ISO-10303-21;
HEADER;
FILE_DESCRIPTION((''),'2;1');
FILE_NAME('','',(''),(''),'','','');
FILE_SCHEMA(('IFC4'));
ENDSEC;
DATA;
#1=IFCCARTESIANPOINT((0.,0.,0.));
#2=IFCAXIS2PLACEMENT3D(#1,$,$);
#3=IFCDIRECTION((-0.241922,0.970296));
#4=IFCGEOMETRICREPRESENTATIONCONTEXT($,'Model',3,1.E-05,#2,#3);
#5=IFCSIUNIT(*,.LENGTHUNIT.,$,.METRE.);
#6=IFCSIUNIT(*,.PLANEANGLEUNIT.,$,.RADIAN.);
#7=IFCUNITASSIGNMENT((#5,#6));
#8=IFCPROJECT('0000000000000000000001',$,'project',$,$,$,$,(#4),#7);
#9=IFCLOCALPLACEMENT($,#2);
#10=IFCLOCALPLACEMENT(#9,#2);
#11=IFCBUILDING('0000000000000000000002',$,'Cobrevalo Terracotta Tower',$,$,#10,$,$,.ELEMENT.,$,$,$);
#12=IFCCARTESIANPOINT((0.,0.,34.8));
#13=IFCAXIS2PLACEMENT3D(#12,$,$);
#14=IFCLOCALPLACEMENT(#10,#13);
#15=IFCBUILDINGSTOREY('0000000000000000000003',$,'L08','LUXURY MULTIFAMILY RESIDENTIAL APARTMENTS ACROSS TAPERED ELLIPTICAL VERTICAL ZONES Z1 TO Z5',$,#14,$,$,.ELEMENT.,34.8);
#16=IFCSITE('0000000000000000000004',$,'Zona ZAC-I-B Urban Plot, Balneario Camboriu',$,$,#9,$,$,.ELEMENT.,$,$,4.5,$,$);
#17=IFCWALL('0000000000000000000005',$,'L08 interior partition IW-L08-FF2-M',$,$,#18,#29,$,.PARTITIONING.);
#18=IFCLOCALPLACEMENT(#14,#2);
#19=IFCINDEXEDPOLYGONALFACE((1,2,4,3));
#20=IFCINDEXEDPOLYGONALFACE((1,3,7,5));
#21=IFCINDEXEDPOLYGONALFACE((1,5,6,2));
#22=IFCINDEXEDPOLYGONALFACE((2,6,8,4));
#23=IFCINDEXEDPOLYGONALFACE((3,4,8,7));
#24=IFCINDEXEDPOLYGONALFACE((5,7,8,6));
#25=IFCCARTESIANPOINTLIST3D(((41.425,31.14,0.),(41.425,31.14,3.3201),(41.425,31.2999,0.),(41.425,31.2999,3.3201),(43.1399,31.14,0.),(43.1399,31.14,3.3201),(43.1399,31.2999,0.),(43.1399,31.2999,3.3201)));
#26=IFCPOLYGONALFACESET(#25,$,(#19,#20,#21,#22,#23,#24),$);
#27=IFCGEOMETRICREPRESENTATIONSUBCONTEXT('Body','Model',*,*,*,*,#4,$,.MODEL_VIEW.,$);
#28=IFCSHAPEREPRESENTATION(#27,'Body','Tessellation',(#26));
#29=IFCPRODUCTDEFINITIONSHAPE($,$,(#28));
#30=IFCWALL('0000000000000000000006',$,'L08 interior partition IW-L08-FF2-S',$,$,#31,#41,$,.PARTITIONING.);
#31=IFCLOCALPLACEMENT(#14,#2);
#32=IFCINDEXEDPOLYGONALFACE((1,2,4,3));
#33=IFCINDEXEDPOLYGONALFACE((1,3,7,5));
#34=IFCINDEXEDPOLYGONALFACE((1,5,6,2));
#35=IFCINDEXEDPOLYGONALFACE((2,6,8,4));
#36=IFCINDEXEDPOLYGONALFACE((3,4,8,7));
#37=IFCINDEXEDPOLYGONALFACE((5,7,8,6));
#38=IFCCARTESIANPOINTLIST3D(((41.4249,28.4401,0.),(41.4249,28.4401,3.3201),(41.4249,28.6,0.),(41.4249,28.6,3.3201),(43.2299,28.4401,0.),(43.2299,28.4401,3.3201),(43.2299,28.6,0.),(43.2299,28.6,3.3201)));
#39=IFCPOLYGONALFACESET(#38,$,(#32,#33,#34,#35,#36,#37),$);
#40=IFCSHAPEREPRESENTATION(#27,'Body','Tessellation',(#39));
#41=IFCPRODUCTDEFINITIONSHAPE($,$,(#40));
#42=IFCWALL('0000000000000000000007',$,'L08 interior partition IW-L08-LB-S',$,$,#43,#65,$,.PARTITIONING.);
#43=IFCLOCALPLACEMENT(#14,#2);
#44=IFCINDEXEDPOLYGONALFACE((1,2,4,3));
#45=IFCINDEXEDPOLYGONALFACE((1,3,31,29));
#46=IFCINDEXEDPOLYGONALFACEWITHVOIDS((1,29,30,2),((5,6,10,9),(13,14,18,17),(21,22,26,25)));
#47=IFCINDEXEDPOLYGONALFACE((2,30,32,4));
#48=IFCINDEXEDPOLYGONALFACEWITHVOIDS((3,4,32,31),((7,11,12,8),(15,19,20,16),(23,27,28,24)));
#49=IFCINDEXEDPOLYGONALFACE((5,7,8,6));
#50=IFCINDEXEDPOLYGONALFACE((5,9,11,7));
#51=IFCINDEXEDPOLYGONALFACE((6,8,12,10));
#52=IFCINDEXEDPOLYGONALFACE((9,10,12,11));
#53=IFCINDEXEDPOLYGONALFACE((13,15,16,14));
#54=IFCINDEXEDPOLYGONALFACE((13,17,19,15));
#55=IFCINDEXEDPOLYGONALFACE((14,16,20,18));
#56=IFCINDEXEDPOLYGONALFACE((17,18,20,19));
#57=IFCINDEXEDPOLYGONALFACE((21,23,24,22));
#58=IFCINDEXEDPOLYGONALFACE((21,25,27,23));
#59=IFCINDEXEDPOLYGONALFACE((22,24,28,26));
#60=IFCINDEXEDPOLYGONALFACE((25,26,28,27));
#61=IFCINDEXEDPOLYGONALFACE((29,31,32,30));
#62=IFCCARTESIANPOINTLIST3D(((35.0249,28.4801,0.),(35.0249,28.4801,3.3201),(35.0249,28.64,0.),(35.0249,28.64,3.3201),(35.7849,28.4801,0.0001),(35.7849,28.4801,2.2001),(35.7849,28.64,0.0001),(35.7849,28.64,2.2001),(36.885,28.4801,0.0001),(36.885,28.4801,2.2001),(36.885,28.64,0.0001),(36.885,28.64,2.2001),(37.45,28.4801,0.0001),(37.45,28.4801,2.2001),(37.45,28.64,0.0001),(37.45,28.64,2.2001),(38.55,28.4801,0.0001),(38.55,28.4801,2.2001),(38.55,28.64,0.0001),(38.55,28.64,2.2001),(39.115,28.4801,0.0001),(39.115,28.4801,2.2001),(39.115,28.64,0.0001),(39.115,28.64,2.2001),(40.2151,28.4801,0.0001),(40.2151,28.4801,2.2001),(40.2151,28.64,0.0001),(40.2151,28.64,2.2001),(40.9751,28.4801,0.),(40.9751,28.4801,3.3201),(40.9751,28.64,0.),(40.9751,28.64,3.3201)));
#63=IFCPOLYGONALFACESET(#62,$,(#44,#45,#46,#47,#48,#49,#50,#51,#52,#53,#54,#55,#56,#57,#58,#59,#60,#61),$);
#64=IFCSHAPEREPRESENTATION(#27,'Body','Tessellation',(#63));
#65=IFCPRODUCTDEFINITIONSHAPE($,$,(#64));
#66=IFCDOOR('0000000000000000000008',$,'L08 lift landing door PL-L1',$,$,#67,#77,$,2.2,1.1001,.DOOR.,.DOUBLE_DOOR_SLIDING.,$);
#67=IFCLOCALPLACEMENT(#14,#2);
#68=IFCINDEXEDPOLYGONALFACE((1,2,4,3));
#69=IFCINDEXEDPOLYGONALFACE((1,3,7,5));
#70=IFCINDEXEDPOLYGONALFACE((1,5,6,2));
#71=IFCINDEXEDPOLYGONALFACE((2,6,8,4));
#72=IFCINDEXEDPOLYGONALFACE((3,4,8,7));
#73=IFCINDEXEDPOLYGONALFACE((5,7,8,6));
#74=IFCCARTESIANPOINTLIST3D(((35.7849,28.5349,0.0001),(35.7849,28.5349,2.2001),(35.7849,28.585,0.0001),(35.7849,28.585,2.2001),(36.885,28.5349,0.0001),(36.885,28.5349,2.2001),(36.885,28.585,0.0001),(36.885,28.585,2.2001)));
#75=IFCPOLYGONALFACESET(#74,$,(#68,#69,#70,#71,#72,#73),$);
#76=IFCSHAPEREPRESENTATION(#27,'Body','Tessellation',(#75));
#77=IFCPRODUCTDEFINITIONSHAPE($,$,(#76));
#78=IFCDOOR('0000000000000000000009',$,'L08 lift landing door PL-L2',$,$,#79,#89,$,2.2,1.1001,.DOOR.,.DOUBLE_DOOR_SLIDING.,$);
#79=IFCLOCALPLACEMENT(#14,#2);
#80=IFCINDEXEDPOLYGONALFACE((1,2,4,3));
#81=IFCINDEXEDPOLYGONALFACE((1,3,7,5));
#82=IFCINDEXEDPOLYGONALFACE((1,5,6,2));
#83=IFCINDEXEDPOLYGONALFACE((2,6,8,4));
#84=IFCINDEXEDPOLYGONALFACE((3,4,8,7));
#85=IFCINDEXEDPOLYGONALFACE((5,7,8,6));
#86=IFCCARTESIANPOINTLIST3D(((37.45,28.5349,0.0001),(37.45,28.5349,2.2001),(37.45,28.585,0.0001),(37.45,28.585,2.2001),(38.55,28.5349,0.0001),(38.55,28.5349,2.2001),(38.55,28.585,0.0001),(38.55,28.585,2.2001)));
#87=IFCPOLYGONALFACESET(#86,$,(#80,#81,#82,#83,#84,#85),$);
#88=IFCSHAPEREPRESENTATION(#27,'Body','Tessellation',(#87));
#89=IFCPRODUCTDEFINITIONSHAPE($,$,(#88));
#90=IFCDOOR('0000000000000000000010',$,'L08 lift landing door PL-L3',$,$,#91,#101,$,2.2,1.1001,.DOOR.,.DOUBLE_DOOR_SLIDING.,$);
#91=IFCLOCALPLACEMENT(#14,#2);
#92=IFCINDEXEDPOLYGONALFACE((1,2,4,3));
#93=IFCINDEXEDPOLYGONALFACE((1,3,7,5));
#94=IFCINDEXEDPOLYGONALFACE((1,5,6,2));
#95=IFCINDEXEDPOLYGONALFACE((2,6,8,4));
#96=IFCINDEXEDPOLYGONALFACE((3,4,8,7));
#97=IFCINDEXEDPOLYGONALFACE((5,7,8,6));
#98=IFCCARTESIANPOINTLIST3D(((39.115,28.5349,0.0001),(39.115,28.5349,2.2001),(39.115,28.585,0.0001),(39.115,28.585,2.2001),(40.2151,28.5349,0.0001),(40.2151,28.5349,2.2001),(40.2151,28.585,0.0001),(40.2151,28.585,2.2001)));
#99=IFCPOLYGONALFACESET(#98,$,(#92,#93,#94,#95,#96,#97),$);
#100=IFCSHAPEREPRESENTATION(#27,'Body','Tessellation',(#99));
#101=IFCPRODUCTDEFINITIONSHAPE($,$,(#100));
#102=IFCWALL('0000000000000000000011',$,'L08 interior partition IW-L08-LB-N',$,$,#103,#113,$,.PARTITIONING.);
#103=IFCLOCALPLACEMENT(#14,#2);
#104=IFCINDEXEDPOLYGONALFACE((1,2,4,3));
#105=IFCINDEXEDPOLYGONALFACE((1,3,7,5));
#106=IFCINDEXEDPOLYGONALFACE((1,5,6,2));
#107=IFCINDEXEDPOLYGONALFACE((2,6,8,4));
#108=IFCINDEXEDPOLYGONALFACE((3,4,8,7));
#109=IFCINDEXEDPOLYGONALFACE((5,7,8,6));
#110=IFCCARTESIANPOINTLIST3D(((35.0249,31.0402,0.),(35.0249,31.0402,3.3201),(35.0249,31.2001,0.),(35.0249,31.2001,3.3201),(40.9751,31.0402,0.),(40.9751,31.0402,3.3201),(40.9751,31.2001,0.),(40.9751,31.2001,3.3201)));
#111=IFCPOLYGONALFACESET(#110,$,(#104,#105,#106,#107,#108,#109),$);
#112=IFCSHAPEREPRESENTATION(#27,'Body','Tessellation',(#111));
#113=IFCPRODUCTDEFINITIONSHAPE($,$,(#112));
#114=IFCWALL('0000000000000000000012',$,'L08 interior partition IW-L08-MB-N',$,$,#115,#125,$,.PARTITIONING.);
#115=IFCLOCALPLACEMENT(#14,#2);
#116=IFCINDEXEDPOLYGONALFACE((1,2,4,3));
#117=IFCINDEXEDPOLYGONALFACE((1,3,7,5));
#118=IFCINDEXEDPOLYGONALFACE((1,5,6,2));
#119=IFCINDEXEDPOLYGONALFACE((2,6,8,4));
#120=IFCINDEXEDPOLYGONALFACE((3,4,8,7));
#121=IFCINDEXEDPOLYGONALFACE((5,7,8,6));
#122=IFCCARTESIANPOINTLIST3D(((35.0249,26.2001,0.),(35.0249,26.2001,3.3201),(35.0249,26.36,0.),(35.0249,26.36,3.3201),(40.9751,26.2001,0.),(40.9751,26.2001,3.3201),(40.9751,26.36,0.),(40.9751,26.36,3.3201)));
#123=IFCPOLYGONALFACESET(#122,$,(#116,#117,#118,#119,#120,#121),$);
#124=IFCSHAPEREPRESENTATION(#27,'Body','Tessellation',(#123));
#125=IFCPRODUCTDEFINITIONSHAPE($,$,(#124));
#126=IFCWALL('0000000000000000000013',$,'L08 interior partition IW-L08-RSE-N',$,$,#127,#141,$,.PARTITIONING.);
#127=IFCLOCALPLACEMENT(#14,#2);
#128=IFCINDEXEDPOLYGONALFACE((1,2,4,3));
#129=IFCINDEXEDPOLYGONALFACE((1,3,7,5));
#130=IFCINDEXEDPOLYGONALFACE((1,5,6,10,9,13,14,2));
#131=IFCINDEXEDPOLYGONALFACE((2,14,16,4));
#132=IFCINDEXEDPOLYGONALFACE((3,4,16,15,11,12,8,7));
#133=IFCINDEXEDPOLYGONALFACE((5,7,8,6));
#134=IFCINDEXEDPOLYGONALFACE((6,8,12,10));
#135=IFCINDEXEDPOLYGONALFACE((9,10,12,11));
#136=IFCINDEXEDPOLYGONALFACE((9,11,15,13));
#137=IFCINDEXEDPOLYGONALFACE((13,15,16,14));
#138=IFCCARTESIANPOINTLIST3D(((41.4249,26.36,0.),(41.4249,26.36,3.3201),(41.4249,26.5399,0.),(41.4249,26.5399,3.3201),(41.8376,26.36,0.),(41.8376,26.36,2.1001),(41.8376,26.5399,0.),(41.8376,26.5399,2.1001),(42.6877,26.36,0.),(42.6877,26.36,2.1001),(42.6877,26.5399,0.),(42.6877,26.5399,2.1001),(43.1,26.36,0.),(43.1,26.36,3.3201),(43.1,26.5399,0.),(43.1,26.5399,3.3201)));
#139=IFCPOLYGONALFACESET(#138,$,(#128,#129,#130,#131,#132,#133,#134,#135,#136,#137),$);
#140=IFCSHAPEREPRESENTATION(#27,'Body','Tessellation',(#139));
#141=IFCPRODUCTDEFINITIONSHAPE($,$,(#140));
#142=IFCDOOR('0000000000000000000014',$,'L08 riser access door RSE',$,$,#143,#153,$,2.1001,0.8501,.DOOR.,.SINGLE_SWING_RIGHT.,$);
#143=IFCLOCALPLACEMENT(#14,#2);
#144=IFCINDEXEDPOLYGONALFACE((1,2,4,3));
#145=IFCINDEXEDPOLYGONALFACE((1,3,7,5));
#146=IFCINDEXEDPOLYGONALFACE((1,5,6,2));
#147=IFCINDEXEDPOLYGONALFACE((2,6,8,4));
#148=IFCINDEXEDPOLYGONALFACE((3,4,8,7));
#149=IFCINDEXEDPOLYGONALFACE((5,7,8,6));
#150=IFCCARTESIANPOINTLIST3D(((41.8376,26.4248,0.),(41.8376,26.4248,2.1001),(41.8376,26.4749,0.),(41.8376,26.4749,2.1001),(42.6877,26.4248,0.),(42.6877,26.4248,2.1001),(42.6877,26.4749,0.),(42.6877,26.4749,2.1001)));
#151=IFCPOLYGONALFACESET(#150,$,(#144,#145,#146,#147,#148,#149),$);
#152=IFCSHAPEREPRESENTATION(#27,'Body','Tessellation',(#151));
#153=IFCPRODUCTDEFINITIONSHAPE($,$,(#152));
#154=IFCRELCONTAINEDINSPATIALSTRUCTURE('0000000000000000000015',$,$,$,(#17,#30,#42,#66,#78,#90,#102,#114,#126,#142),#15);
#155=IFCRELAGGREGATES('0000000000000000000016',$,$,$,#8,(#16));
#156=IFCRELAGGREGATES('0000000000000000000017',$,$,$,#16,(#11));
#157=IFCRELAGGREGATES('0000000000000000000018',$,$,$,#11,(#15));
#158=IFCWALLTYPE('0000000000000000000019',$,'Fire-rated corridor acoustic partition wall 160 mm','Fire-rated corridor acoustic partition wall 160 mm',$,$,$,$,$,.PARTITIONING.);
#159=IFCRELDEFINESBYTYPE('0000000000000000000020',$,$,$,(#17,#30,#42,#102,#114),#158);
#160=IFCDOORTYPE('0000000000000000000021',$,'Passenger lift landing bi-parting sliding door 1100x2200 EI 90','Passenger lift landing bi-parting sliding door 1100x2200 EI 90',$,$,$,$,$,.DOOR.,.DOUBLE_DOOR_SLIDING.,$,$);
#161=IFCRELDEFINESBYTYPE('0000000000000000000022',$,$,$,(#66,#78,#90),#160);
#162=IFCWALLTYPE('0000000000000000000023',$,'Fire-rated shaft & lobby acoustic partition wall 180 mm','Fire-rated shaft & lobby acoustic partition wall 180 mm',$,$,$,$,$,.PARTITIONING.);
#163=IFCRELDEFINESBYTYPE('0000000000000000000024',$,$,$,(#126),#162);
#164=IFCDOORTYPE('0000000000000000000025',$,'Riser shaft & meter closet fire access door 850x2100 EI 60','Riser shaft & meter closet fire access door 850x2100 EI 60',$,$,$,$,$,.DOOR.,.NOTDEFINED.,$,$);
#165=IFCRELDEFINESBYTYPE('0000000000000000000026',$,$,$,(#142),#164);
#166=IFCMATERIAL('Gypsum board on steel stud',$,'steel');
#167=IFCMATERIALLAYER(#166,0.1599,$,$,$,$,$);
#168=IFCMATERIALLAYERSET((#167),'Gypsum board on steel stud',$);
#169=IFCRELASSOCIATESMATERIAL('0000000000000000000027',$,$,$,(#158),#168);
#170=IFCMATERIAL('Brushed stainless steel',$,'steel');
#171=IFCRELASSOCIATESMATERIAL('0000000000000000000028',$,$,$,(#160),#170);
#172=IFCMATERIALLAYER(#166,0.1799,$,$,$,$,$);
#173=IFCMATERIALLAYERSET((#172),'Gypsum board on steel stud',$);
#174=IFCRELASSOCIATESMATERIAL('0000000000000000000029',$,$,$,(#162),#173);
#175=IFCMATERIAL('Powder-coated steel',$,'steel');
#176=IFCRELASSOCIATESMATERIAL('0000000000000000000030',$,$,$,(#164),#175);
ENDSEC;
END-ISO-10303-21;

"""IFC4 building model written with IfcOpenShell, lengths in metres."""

from ifc_helpers import new_model, si_unit, direction, frame, frame_2d, origin, place, context, subcontext, project, spatial, rectangle, extrude, source, transform, mapped, material, layer, layer_set, type_object, element, fill, save


model = new_model("IFC4")

# Units and contexts
model_context = context("Model", 3, precision=1e-05, world=origin(), true_north=direction((-0.241922, 0.970296)))
body_context = subcontext(model_context, "Body", "Model", "MODEL_VIEW")
ifc_project = project(units=[si_unit("LENGTHUNIT", "METRE"), si_unit("PLANEANGLEUNIT", "RADIAN")], contexts=[model_context])

# Site, building, storey
site_placement = place(None, origin())
site = spatial("IfcSite", under=ifc_project, at=site_placement, Name="Zona ZAC-I-B Urban Plot, Balneario Camboriu", CompositionType="ELEMENT", RefElevation=4.5)
building_placement = place(site_placement, origin())
building = spatial("IfcBuilding", under=site, at=building_placement, Name="Cobrevalo Terracotta Tower", CompositionType="ELEMENT")
storey_placement = place(building_placement, frame((0.0, 0.0, 34.8)))
storey = spatial("IfcBuildingStorey", under=building, at=storey_placement, Name="L08", Description="LUXURY MULTIFAMILY RESIDENTIAL APARTMENTS ACROSS TAPERED ELLIPTICAL VERTICAL ZONES Z1 TO Z5", CompositionType="ELEMENT", Elevation=34.8)

# Walls
ifc_material_1 = material(Name="Gypsum board on steel stud", Category="steel")
ifc_layer_1 = layer(ifc_material_1, 0.1599)
ifc_layer_set_1 = layer_set([ifc_layer_1], Name="Gypsum board on steel stud")
wall_type_1 = type_object("IfcWallType", Name="Fire-rated corridor acoustic partition wall 160 mm", Description="Fire-rated corridor acoustic partition wall 160 mm", PredefinedType="PARTITIONING", material=ifc_layer_set_1)
wall_1_placement = place(storey_placement, frame((41.425, 31.22, 0.0), z_axis=(0.0, 0.0, 1.0), x_axis=(1.0, 0.0, 0.0)))
element("IfcWall", 1, at=wall_1_placement, inside=storey, type_object=wall_type_1, Name="L08 interior partition IW-L08-FF2-M", PredefinedType="PARTITIONING", context=body_context, shape_type="SweptSolid", body=[
    extrude(rectangle(XDim=1.7148, YDim=0.1599, at=frame_2d((0.8574, 0.0))), origin(), (0.0, 0.0, 1.0), 3.3201),
])
wall_2_placement = place(storey_placement, frame((41.425, 28.52, 0.0), z_axis=(0.0, 0.0, 1.0), x_axis=(1.0, 0.0, 0.0)))
element("IfcWall", 2, at=wall_2_placement, inside=storey, type_object=wall_type_1, Name="L08 interior partition IW-L08-FF2-S", PredefinedType="PARTITIONING", context=body_context, shape_type="SweptSolid", body=[
    extrude(rectangle(XDim=1.8049, YDim=0.1599, at=frame_2d((0.9023, 0.0))), origin(), (0.0, 0.0, 1.0), 3.3201),
])

# Wall, openings, doors
wall_3_placement = place(storey_placement, frame((35.0249, 28.5601, 0.0), z_axis=(0.0, 0.0, 1.0), x_axis=(1.0, 0.0, 0.0)))
wall_3 = element("IfcWall", 3, at=wall_3_placement, inside=storey, type_object=wall_type_1, Name="L08 interior partition IW-L08-LB-S", PredefinedType="PARTITIONING", context=body_context, shape_type="SweptSolid", body=[
    extrude(rectangle(XDim=5.9502, YDim=0.1599, at=frame_2d((2.9751, 0.0))), origin(), (0.0, 0.0, 1.0), 3.3201),
])
opening_1_placement = place(wall_3_placement, frame((0.76, 0.0, 0.0)))
opening_1 = element("IfcOpeningElement", 4, at=opening_1_placement, cuts=wall_3, PredefinedType="OPENING", context=body_context, shape_type="SweptSolid", body=[
    extrude(rectangle(XDim=1.1001, YDim=2.2, at=frame_2d((0.55, 1.1001))), frame((0.0, 0.0898, 0.0), z_axis=(0.0, -1.0, 0.0), x_axis=(1.0, 0.0, 0.0)), (0.0, 0.0, 1.0), 0.1799),
])
opening_2_placement = place(wall_3_placement, frame((2.425, 0.0, 0.0)))
opening_2 = element("IfcOpeningElement", 5, at=opening_2_placement, cuts=wall_3, PredefinedType="OPENING", context=body_context, shape_type="SweptSolid", body=[
    extrude(rectangle(XDim=1.1001, YDim=2.2, at=frame_2d((0.55, 1.1001))), frame((0.0, 0.0898, 0.0), z_axis=(0.0, -1.0, 0.0), x_axis=(1.0, 0.0, 0.0)), (0.0, 0.0, 1.0), 0.1799),
])
opening_3_placement = place(wall_3_placement, frame((4.0901, 0.0, 0.0)))
opening_3 = element("IfcOpeningElement", 6, at=opening_3_placement, cuts=wall_3, PredefinedType="OPENING", context=body_context, shape_type="SweptSolid", body=[
    extrude(rectangle(XDim=1.1001, YDim=2.2, at=frame_2d((0.55, 1.1001))), frame((0.0, 0.0898, 0.0), z_axis=(0.0, -1.0, 0.0), x_axis=(1.0, 0.0, 0.0)), (0.0, 0.0, 1.0), 0.1799),
])
ifc_material_2 = material(Name="Brushed stainless steel", Category="steel")
door_type_1 = type_object("IfcDoorType", Name="Passenger lift landing bi-parting sliding door 1100x2200 EI 90", Description="Passenger lift landing bi-parting sliding door 1100x2200 EI 90", OperationType="DOUBLE_DOOR_SLIDING", PredefinedType="DOOR", material=ifc_material_2)
shared_shape_1 = source(origin(), body_context, "Body", "SweptSolid", [
    extrude(rectangle(XDim=1.1001, YDim=2.2, at=frame_2d((0.55, 1.1001))), frame((0.0, 0.0249, 0.0), z_axis=(0.0, -1.0, 0.0), x_axis=(1.0, 0.0, 0.0)), (0.0, 0.0, 1.0), 0.05),
])
door_1_placement = place(opening_1_placement, origin())
door_1 = element("IfcDoor", 7, at=door_1_placement, inside=storey, type_object=door_type_1, Name="L08 lift landing door PL-L1", OperationType="DOUBLE_DOOR_SLIDING", OverallHeight=2.2, OverallWidth=1.1001, PredefinedType="DOOR", context=body_context, shape_type="MappedRepresentation", body=[
    mapped(shared_shape_1, transform((0.0, 0.0, 0.0), scale=1.0)),
])
fill(opening_1, door_1)
door_2_placement = place(opening_2_placement, origin())
door_2 = element("IfcDoor", 8, at=door_2_placement, inside=storey, type_object=door_type_1, Name="L08 lift landing door PL-L2", OperationType="DOUBLE_DOOR_SLIDING", OverallHeight=2.2, OverallWidth=1.1001, PredefinedType="DOOR", context=body_context, shape_type="MappedRepresentation", body=[
    mapped(shared_shape_1, transform((0.0, 0.0, 0.0), scale=1.0)),
])
fill(opening_2, door_2)
door_3_placement = place(opening_3_placement, origin())
door_3 = element("IfcDoor", 9, at=door_3_placement, inside=storey, type_object=door_type_1, Name="L08 lift landing door PL-L3", OperationType="DOUBLE_DOOR_SLIDING", OverallHeight=2.2, OverallWidth=1.1001, PredefinedType="DOOR", context=body_context, shape_type="MappedRepresentation", body=[
    mapped(shared_shape_1, transform((0.0, 0.0, 0.0), scale=1.0)),
])
fill(opening_3, door_3)

# Walls
for number, where, z_axis, x_axis, name in (
    (10, (35.0249, 31.1201, 0.0), (0.0, 0.0, 1.0), (1.0, 0.0, 0.0), "L08 interior partition IW-L08-LB-N"),
    (11, (35.0249, 26.28, 0.0), (0.0, 0.0, 1.0), (1.0, 0.0, 0.0), "L08 interior partition IW-L08-MB-N"),
):
    element("IfcWall", number, at=place(storey_placement, frame(where, z_axis=z_axis, x_axis=x_axis)), inside=storey, type_object=wall_type_1, Name=name, PredefinedType="PARTITIONING", context=body_context, shape_type="SweptSolid", body=[
        extrude(rectangle(XDim=5.9502, YDim=0.1599, at=frame_2d((2.9751, 0.0))), origin(), (0.0, 0.0, 1.0), 3.3201),
    ])

# Wall, opening, door
ifc_layer_2 = layer(ifc_material_1, 0.1799)
ifc_layer_set_2 = layer_set([ifc_layer_2], Name="Gypsum board on steel stud")
wall_type_2 = type_object("IfcWallType", Name="Fire-rated shaft & lobby acoustic partition wall 180 mm", Description="Fire-rated shaft & lobby acoustic partition wall 180 mm", PredefinedType="PARTITIONING", material=ifc_layer_set_2)
wall_4_placement = place(storey_placement, frame((41.425, 26.45, 0.0), z_axis=(0.0, 0.0, 1.0), x_axis=(1.0, 0.0, 0.0)))
wall_4 = element("IfcWall", 12, at=wall_4_placement, inside=storey, type_object=wall_type_2, Name="L08 interior partition IW-L08-RSE-N", PredefinedType="PARTITIONING", context=body_context, shape_type="SweptSolid", body=[
    extrude(rectangle(XDim=1.675, YDim=0.1799, at=frame_2d((0.8374, 0.0))), origin(), (0.0, 0.0, 1.0), 3.3201),
])
opening_4_placement = place(wall_4_placement, frame((0.4126, 0.0, 0.0)))
opening_4 = element("IfcOpeningElement", 13, at=opening_4_placement, cuts=wall_4, PredefinedType="OPENING", context=body_context, shape_type="SweptSolid", body=[
    extrude(rectangle(XDim=0.8501, YDim=2.1001, at=frame_2d((0.425, 1.05))), frame((0.0, 0.1001, 0.0), z_axis=(0.0, -1.0, 0.0), x_axis=(1.0, 0.0, 0.0)), (0.0, 0.0, 1.0), 0.2),
])
ifc_material_3 = material(Name="Powder-coated steel", Category="steel")
door_type_2 = type_object("IfcDoorType", Name="Riser shaft & meter closet fire access door 850x2100 EI 60", Description="Riser shaft & meter closet fire access door 850x2100 EI 60", OperationType="NOTDEFINED", PredefinedType="DOOR", material=ifc_material_3)
shared_shape_2 = source(origin(), body_context, "Body", "SweptSolid", [
    extrude(rectangle(XDim=0.8501, YDim=2.1001, at=frame_2d((0.425, 1.05))), frame((0.0, 0.0249, 0.0), z_axis=(0.0, -1.0, 0.0), x_axis=(1.0, 0.0, 0.0)), (0.0, 0.0, 1.0), 0.05),
])
door_4_placement = place(opening_4_placement, origin())
door_4 = element("IfcDoor", 14, at=door_4_placement, inside=storey, type_object=door_type_2, Name="L08 riser access door RSE", OperationType="SINGLE_SWING_RIGHT", OverallHeight=2.1001, OverallWidth=0.8501, PredefinedType="DOOR", context=body_context, shape_type="MappedRepresentation", body=[
    mapped(shared_shape_2, transform((0.0, 0.0, 0.0), scale=1.0)),
])
fill(opening_4, door_4)

save(model, "model.ifc")
